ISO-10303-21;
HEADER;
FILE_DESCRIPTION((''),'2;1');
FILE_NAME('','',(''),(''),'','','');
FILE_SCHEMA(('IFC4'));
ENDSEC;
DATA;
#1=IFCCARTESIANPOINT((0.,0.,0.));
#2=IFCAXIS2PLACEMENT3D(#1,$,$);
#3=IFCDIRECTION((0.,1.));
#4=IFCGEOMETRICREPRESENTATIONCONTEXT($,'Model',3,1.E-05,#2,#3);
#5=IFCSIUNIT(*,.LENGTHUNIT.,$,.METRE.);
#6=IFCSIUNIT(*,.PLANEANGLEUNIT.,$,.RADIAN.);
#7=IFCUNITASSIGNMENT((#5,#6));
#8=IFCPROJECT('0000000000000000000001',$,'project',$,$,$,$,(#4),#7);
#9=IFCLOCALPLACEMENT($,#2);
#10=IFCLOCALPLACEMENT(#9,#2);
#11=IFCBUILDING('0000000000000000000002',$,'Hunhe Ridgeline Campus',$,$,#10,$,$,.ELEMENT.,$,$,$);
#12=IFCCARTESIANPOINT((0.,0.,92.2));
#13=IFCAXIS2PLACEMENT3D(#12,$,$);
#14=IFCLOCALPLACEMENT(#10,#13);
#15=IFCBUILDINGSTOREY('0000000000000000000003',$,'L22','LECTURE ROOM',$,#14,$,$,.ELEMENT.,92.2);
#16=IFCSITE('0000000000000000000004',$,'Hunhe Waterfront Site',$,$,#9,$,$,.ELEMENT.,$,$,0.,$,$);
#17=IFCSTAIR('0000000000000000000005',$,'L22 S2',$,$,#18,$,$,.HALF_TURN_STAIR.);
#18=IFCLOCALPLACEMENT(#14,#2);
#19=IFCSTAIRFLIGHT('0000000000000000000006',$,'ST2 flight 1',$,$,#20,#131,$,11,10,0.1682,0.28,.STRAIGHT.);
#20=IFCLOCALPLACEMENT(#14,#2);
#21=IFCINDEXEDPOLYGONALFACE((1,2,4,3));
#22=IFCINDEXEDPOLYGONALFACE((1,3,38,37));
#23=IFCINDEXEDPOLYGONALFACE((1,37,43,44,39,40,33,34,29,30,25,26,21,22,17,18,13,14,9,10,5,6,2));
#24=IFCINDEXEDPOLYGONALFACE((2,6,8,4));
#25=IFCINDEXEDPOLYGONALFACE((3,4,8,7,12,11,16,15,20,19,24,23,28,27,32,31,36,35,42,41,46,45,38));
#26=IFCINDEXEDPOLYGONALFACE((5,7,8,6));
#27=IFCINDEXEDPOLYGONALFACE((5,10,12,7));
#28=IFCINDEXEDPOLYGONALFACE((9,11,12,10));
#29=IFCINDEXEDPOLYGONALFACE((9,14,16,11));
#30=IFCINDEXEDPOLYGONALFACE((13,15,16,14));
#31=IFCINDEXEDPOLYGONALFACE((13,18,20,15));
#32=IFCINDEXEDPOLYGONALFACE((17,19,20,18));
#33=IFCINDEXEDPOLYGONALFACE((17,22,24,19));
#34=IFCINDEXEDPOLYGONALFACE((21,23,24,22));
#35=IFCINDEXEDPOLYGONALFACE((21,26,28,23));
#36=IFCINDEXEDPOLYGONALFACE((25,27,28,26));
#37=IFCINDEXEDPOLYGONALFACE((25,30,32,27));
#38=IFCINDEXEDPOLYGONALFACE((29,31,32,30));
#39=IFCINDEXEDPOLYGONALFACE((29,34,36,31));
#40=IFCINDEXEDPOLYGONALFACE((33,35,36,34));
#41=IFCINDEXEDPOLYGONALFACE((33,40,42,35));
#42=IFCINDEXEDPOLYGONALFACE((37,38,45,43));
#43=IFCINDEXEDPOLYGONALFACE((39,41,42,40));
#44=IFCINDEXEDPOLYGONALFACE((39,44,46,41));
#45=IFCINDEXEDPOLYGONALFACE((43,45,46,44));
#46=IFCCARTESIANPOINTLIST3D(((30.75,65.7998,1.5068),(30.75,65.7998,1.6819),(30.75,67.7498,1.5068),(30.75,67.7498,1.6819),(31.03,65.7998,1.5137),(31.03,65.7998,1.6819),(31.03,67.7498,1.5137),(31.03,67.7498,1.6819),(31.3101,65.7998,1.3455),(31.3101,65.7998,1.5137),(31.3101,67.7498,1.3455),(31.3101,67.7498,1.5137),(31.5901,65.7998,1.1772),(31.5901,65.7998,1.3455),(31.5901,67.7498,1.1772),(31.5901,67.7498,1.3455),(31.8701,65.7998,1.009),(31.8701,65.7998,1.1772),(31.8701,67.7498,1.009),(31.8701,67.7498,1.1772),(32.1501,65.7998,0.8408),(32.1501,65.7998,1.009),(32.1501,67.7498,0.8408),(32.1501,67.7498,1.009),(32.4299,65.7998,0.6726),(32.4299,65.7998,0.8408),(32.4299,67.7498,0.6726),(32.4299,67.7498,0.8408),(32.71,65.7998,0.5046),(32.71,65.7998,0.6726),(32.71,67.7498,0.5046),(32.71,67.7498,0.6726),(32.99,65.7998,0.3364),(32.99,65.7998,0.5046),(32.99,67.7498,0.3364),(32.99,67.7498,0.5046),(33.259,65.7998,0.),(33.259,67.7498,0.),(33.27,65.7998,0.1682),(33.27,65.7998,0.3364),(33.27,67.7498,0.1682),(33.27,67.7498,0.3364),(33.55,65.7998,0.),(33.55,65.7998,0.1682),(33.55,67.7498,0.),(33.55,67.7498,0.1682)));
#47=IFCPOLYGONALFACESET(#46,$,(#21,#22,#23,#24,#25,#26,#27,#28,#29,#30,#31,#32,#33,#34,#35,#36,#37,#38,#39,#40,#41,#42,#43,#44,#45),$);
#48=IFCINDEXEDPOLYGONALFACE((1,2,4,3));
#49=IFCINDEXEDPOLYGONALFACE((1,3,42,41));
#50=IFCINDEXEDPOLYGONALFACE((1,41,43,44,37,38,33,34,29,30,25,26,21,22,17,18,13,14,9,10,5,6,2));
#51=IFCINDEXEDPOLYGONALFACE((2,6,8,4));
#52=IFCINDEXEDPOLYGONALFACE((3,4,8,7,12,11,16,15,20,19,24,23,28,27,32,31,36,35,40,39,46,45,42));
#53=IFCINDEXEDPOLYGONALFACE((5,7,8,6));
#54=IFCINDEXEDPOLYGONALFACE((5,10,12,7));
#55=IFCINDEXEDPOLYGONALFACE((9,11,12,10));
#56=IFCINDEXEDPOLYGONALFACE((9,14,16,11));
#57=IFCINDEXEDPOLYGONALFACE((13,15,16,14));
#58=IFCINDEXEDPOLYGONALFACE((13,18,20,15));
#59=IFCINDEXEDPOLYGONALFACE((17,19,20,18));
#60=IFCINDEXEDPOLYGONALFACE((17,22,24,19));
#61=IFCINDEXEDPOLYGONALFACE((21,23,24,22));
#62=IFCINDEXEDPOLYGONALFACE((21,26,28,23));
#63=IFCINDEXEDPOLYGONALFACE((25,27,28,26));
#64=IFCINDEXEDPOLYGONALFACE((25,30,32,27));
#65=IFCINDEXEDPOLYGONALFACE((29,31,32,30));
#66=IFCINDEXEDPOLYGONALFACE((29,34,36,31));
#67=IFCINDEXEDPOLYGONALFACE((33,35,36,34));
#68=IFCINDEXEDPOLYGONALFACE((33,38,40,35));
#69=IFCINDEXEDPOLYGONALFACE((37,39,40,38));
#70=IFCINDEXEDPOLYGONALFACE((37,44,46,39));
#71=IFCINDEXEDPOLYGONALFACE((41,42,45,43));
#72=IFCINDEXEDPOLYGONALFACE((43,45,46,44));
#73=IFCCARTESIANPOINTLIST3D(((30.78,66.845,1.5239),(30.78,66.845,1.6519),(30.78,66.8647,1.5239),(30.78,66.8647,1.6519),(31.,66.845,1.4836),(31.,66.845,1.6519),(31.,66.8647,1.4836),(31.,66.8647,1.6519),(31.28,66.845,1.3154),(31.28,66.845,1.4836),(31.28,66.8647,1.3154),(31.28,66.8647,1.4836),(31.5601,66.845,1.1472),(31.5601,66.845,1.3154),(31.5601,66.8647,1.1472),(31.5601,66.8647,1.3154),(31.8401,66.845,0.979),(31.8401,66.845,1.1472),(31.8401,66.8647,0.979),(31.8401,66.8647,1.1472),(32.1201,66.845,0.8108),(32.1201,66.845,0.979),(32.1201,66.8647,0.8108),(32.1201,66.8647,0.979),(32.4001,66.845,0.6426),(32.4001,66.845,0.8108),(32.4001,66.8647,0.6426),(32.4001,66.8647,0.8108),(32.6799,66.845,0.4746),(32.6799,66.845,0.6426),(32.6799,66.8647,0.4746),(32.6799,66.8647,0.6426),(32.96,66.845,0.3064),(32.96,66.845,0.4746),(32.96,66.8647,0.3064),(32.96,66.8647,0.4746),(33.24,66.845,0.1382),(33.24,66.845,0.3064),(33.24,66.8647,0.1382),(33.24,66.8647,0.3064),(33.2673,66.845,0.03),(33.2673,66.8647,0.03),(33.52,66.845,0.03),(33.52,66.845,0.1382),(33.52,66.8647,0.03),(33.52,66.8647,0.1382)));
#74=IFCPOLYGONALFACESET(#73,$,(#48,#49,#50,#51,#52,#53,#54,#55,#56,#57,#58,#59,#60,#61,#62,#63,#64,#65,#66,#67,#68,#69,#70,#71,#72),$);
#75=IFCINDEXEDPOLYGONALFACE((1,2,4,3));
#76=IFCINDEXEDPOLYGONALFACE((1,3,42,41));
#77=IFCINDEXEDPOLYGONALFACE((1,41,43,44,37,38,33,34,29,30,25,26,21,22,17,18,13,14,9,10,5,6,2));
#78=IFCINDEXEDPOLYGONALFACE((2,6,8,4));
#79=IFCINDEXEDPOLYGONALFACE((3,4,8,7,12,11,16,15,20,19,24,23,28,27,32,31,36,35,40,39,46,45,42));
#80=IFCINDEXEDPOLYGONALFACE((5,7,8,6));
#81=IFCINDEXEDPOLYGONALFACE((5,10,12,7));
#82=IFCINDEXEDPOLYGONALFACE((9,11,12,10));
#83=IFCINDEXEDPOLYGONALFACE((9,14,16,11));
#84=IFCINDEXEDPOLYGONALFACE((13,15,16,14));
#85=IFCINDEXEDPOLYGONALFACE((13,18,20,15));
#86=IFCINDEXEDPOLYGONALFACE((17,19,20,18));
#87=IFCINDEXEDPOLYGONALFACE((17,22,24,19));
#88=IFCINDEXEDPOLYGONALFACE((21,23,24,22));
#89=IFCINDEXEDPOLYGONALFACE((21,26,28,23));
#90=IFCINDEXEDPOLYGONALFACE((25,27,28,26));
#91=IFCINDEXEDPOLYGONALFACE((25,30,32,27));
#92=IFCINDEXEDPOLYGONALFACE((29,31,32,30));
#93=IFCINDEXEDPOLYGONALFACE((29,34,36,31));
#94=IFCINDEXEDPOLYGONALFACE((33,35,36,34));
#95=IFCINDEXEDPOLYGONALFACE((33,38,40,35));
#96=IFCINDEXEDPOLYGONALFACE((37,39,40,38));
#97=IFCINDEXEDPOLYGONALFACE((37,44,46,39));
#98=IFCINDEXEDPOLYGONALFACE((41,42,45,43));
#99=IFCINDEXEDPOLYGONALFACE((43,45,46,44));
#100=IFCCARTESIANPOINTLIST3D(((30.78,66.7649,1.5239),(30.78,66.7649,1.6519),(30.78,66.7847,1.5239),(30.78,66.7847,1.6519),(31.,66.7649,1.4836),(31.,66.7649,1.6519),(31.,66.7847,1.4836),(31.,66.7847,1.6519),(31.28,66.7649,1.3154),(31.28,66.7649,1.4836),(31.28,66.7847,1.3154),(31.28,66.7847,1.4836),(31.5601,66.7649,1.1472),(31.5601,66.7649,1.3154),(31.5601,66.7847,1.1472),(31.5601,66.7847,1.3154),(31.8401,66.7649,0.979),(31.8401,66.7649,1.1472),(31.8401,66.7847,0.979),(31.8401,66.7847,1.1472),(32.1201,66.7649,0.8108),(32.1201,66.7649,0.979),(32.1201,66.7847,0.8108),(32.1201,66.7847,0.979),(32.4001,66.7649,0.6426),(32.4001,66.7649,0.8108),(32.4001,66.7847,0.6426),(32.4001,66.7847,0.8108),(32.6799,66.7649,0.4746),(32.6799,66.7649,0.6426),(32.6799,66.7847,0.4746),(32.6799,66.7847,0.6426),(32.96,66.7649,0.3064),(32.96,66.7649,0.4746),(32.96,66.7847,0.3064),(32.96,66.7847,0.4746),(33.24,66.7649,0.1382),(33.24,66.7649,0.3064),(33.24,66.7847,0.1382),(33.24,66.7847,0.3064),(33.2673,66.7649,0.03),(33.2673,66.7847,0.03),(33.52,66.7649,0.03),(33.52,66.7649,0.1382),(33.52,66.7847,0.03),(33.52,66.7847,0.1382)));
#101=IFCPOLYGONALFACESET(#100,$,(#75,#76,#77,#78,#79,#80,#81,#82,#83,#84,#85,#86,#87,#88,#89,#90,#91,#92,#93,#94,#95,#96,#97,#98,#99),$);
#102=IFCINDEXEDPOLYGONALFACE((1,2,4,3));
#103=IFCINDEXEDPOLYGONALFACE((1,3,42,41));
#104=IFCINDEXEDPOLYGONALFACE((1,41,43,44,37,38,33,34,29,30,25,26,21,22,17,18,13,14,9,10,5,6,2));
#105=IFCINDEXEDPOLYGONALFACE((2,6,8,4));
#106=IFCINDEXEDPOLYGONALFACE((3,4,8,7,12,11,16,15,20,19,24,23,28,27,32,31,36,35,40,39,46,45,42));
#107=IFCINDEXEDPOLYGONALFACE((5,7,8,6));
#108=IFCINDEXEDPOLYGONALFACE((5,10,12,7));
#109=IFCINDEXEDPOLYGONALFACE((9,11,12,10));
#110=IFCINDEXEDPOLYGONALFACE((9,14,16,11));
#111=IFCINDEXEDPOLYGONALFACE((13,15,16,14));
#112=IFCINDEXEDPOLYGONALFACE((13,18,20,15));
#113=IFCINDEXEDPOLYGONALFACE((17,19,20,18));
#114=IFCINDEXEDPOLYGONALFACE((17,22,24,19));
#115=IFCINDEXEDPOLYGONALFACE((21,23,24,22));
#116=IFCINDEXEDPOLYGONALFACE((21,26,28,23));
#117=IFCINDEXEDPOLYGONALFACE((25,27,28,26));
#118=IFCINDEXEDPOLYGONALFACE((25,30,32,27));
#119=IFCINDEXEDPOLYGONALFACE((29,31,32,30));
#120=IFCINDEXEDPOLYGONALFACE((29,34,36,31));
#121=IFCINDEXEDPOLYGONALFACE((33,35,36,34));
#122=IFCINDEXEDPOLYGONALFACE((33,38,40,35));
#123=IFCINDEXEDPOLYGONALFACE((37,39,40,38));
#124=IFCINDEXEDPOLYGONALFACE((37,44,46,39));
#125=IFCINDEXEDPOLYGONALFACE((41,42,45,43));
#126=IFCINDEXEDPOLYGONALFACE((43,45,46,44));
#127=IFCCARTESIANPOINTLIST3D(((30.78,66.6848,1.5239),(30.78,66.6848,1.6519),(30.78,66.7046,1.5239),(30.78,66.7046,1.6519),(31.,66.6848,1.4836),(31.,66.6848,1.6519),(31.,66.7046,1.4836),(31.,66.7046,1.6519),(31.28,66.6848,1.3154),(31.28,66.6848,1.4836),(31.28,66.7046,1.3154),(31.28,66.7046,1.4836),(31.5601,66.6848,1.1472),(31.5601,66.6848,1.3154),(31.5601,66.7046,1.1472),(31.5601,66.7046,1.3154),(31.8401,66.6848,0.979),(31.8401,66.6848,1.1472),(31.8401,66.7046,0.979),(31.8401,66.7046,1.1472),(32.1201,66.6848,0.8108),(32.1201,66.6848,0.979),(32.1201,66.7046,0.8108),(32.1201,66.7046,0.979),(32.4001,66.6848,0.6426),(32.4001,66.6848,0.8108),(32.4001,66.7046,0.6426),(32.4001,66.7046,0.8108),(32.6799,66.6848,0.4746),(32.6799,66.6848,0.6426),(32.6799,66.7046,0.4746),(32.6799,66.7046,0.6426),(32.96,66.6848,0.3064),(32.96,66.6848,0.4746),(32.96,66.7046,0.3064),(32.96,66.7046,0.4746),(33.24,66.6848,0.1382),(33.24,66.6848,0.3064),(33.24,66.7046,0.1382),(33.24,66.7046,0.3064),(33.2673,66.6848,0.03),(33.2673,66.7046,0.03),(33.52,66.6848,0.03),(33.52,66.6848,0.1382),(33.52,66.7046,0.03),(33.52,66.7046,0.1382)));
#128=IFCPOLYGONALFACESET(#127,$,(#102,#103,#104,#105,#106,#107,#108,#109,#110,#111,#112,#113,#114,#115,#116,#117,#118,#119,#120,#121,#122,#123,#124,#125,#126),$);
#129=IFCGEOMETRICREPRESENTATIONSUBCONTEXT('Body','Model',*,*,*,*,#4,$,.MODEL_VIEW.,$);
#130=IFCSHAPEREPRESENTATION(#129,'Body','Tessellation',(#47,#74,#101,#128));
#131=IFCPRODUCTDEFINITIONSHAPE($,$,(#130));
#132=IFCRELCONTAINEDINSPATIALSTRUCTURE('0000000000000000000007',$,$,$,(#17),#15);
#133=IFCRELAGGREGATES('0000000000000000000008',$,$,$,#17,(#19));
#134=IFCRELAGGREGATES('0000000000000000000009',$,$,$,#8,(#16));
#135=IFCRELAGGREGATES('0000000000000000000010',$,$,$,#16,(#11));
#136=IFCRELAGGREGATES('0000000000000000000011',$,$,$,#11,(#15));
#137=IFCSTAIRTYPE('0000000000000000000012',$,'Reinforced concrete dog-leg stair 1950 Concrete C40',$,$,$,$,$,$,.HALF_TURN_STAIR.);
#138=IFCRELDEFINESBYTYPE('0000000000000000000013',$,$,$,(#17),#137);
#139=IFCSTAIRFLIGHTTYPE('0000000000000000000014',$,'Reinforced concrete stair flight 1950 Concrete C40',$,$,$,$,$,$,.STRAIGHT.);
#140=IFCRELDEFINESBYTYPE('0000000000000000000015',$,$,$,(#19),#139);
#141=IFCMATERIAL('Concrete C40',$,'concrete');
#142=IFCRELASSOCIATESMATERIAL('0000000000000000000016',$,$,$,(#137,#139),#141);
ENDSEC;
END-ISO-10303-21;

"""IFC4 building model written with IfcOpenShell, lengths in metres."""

from ifc_helpers import new_model, si_unit, direction, frame, origin, place, context, subcontext, project, spatial, polyline, outline, extrude, material, type_object, element, aggregate, save


model = new_model("IFC4")

# Units and contexts
model_context = context("Model", 3, precision=1e-05, world=origin(), true_north=direction((0.0, 1.0)))
body_context = subcontext(model_context, "Body", "Model", "MODEL_VIEW")
ifc_project = project(units=[si_unit("LENGTHUNIT", "METRE"), si_unit("PLANEANGLEUNIT", "RADIAN")], contexts=[model_context])

# Site, building, storey
site_placement = place(None, origin())
site = spatial("IfcSite", under=ifc_project, at=site_placement, Name="Hunhe Waterfront Site", CompositionType="ELEMENT", RefElevation=0.0)
building_placement = place(site_placement, origin())
building = spatial("IfcBuilding", under=site, at=building_placement, Name="Hunhe Ridgeline Campus", CompositionType="ELEMENT")
storey_placement = place(building_placement, frame((0.0, 0.0, 92.2)))
storey = spatial("IfcBuildingStorey", under=building, at=storey_placement, Name="L22", Description="LECTURE ROOM", CompositionType="ELEMENT", Elevation=92.2)

# Stair, stair flight
ifc_material_1 = material(Name="Concrete C40", Category="concrete")
stair_type = type_object("IfcStairType", Name="Reinforced concrete dog-leg stair 1950 Concrete C40", PredefinedType="HALF_TURN_STAIR", material=ifc_material_1)
stair_placement = place(storey_placement, origin())
stair = element("IfcStair", 1, at=stair_placement, inside=storey, type_object=stair_type, Name="L22 S2", PredefinedType="HALF_TURN_STAIR")
stair_flight_type = type_object("IfcStairFlightType", Name="Reinforced concrete stair flight 1950 Concrete C40", PredefinedType="STRAIGHT", material=ifc_material_1)
stair_flight_1_placement = place(storey_placement, frame((33.55, 66.7749, 0.0), z_axis=(0.0, 0.0, 1.0), x_axis=(-1.0, 0.0, 0.0)))
stair_flight_1 = element("IfcStairFlight", 2, at=stair_flight_1_placement, type_object=stair_flight_type, Name="ST2 flight 1", NumberOfRisers=11, NumberOfTreads=10, PredefinedType="STRAIGHT", RiserHeight=0.1682, TreadLength=0.28, context=body_context, shape_type="SweptSolid", body=[
    extrude(outline(polyline([(0.0, 0.0), (0.0, 0.1682), (0.28, 0.1682), (0.28, 0.3364), (0.5601, 0.3364), (0.5601, 0.5046), (0.8401, 0.5046), (0.8401, 0.6726), (1.1201, 0.6726), (1.1201, 0.8408), (1.3999, 0.8408), (1.3999, 1.009), (1.6799, 1.009), (1.6799, 1.1772), (1.96, 1.1772), (1.96, 1.3455), (2.24, 1.3455), (2.24, 1.5137), (2.52, 1.5137), (2.52, 1.6819), (2.8, 1.6819), (2.8, 1.8501), (2.8, 1.5068), (0.291, 0.0), (0.0, 0.0)])), frame((0.0, 0.9751, 0.0), z_axis=(0.0, -1.0, 0.0), x_axis=(1.0, 0.0, 0.0)), (0.0, 0.0, 1.0), 1.95),
    extrude(outline(polyline([(0.03, 0.03), (0.03, 0.1382), (0.3101, 0.1382), (0.3101, 0.3064), (0.5901, 0.3064), (0.5901, 0.4746), (0.8701, 0.4746), (0.8701, 0.6426), (1.1499, 0.6426), (1.1499, 0.8108), (1.4299, 0.8108), (1.4299, 0.979), (1.71, 0.979), (1.71, 1.1472), (1.99, 1.1472), (1.99, 1.3154), (2.27, 1.3154), (2.27, 1.4836), (2.55, 1.4836), (2.55, 1.6519), (2.77, 1.6519), (2.77, 1.5239), (0.2827, 0.03), (0.03, 0.03)])), frame((0.0, -0.0701, 0.0), z_axis=(0.0, -1.0, 0.0), x_axis=(1.0, 0.0, 0.0)), (0.0, 0.0, 1.0), 0.0198),
    extrude(outline(polyline([(0.03, 0.03), (0.03, 0.1382), (0.3101, 0.1382), (0.3101, 0.3064), (0.5901, 0.3064), (0.5901, 0.4746), (0.8701, 0.4746), (0.8701, 0.6426), (1.1499, 0.6426), (1.1499, 0.8108), (1.4299, 0.8108), (1.4299, 0.979), (1.71, 0.979), (1.71, 1.1472), (1.99, 1.1472), (1.99, 1.3154), (2.27, 1.3154), (2.27, 1.4836), (2.55, 1.4836), (2.55, 1.6519), (2.77, 1.6519), (2.77, 1.5239), (0.2827, 0.03), (0.03, 0.03)])), frame((0.0, 0.01, 0.0), z_axis=(0.0, -1.0, 0.0), x_axis=(1.0, 0.0, 0.0)), (0.0, 0.0, 1.0), 0.0198),
    extrude(outline(polyline([(0.03, 0.03), (0.03, 0.1382), (0.3101, 0.1382), (0.3101, 0.3064), (0.5901, 0.3064), (0.5901, 0.4746), (0.8701, 0.4746), (0.8701, 0.6426), (1.1499, 0.6426), (1.1499, 0.8108), (1.4299, 0.8108), (1.4299, 0.979), (1.71, 0.979), (1.71, 1.1472), (1.99, 1.1472), (1.99, 1.3154), (2.27, 1.3154), (2.27, 1.4836), (2.55, 1.4836), (2.55, 1.6519), (2.77, 1.6519), (2.77, 1.5239), (0.2827, 0.03), (0.03, 0.03)])), frame((0.0, 0.0901, 0.0), z_axis=(0.0, -1.0, 0.0), x_axis=(1.0, 0.0, 0.0)), (0.0, 0.0, 1.0), 0.0198),
])
aggregate(stair, [stair_flight_1])

save(model, "model.ifc")
